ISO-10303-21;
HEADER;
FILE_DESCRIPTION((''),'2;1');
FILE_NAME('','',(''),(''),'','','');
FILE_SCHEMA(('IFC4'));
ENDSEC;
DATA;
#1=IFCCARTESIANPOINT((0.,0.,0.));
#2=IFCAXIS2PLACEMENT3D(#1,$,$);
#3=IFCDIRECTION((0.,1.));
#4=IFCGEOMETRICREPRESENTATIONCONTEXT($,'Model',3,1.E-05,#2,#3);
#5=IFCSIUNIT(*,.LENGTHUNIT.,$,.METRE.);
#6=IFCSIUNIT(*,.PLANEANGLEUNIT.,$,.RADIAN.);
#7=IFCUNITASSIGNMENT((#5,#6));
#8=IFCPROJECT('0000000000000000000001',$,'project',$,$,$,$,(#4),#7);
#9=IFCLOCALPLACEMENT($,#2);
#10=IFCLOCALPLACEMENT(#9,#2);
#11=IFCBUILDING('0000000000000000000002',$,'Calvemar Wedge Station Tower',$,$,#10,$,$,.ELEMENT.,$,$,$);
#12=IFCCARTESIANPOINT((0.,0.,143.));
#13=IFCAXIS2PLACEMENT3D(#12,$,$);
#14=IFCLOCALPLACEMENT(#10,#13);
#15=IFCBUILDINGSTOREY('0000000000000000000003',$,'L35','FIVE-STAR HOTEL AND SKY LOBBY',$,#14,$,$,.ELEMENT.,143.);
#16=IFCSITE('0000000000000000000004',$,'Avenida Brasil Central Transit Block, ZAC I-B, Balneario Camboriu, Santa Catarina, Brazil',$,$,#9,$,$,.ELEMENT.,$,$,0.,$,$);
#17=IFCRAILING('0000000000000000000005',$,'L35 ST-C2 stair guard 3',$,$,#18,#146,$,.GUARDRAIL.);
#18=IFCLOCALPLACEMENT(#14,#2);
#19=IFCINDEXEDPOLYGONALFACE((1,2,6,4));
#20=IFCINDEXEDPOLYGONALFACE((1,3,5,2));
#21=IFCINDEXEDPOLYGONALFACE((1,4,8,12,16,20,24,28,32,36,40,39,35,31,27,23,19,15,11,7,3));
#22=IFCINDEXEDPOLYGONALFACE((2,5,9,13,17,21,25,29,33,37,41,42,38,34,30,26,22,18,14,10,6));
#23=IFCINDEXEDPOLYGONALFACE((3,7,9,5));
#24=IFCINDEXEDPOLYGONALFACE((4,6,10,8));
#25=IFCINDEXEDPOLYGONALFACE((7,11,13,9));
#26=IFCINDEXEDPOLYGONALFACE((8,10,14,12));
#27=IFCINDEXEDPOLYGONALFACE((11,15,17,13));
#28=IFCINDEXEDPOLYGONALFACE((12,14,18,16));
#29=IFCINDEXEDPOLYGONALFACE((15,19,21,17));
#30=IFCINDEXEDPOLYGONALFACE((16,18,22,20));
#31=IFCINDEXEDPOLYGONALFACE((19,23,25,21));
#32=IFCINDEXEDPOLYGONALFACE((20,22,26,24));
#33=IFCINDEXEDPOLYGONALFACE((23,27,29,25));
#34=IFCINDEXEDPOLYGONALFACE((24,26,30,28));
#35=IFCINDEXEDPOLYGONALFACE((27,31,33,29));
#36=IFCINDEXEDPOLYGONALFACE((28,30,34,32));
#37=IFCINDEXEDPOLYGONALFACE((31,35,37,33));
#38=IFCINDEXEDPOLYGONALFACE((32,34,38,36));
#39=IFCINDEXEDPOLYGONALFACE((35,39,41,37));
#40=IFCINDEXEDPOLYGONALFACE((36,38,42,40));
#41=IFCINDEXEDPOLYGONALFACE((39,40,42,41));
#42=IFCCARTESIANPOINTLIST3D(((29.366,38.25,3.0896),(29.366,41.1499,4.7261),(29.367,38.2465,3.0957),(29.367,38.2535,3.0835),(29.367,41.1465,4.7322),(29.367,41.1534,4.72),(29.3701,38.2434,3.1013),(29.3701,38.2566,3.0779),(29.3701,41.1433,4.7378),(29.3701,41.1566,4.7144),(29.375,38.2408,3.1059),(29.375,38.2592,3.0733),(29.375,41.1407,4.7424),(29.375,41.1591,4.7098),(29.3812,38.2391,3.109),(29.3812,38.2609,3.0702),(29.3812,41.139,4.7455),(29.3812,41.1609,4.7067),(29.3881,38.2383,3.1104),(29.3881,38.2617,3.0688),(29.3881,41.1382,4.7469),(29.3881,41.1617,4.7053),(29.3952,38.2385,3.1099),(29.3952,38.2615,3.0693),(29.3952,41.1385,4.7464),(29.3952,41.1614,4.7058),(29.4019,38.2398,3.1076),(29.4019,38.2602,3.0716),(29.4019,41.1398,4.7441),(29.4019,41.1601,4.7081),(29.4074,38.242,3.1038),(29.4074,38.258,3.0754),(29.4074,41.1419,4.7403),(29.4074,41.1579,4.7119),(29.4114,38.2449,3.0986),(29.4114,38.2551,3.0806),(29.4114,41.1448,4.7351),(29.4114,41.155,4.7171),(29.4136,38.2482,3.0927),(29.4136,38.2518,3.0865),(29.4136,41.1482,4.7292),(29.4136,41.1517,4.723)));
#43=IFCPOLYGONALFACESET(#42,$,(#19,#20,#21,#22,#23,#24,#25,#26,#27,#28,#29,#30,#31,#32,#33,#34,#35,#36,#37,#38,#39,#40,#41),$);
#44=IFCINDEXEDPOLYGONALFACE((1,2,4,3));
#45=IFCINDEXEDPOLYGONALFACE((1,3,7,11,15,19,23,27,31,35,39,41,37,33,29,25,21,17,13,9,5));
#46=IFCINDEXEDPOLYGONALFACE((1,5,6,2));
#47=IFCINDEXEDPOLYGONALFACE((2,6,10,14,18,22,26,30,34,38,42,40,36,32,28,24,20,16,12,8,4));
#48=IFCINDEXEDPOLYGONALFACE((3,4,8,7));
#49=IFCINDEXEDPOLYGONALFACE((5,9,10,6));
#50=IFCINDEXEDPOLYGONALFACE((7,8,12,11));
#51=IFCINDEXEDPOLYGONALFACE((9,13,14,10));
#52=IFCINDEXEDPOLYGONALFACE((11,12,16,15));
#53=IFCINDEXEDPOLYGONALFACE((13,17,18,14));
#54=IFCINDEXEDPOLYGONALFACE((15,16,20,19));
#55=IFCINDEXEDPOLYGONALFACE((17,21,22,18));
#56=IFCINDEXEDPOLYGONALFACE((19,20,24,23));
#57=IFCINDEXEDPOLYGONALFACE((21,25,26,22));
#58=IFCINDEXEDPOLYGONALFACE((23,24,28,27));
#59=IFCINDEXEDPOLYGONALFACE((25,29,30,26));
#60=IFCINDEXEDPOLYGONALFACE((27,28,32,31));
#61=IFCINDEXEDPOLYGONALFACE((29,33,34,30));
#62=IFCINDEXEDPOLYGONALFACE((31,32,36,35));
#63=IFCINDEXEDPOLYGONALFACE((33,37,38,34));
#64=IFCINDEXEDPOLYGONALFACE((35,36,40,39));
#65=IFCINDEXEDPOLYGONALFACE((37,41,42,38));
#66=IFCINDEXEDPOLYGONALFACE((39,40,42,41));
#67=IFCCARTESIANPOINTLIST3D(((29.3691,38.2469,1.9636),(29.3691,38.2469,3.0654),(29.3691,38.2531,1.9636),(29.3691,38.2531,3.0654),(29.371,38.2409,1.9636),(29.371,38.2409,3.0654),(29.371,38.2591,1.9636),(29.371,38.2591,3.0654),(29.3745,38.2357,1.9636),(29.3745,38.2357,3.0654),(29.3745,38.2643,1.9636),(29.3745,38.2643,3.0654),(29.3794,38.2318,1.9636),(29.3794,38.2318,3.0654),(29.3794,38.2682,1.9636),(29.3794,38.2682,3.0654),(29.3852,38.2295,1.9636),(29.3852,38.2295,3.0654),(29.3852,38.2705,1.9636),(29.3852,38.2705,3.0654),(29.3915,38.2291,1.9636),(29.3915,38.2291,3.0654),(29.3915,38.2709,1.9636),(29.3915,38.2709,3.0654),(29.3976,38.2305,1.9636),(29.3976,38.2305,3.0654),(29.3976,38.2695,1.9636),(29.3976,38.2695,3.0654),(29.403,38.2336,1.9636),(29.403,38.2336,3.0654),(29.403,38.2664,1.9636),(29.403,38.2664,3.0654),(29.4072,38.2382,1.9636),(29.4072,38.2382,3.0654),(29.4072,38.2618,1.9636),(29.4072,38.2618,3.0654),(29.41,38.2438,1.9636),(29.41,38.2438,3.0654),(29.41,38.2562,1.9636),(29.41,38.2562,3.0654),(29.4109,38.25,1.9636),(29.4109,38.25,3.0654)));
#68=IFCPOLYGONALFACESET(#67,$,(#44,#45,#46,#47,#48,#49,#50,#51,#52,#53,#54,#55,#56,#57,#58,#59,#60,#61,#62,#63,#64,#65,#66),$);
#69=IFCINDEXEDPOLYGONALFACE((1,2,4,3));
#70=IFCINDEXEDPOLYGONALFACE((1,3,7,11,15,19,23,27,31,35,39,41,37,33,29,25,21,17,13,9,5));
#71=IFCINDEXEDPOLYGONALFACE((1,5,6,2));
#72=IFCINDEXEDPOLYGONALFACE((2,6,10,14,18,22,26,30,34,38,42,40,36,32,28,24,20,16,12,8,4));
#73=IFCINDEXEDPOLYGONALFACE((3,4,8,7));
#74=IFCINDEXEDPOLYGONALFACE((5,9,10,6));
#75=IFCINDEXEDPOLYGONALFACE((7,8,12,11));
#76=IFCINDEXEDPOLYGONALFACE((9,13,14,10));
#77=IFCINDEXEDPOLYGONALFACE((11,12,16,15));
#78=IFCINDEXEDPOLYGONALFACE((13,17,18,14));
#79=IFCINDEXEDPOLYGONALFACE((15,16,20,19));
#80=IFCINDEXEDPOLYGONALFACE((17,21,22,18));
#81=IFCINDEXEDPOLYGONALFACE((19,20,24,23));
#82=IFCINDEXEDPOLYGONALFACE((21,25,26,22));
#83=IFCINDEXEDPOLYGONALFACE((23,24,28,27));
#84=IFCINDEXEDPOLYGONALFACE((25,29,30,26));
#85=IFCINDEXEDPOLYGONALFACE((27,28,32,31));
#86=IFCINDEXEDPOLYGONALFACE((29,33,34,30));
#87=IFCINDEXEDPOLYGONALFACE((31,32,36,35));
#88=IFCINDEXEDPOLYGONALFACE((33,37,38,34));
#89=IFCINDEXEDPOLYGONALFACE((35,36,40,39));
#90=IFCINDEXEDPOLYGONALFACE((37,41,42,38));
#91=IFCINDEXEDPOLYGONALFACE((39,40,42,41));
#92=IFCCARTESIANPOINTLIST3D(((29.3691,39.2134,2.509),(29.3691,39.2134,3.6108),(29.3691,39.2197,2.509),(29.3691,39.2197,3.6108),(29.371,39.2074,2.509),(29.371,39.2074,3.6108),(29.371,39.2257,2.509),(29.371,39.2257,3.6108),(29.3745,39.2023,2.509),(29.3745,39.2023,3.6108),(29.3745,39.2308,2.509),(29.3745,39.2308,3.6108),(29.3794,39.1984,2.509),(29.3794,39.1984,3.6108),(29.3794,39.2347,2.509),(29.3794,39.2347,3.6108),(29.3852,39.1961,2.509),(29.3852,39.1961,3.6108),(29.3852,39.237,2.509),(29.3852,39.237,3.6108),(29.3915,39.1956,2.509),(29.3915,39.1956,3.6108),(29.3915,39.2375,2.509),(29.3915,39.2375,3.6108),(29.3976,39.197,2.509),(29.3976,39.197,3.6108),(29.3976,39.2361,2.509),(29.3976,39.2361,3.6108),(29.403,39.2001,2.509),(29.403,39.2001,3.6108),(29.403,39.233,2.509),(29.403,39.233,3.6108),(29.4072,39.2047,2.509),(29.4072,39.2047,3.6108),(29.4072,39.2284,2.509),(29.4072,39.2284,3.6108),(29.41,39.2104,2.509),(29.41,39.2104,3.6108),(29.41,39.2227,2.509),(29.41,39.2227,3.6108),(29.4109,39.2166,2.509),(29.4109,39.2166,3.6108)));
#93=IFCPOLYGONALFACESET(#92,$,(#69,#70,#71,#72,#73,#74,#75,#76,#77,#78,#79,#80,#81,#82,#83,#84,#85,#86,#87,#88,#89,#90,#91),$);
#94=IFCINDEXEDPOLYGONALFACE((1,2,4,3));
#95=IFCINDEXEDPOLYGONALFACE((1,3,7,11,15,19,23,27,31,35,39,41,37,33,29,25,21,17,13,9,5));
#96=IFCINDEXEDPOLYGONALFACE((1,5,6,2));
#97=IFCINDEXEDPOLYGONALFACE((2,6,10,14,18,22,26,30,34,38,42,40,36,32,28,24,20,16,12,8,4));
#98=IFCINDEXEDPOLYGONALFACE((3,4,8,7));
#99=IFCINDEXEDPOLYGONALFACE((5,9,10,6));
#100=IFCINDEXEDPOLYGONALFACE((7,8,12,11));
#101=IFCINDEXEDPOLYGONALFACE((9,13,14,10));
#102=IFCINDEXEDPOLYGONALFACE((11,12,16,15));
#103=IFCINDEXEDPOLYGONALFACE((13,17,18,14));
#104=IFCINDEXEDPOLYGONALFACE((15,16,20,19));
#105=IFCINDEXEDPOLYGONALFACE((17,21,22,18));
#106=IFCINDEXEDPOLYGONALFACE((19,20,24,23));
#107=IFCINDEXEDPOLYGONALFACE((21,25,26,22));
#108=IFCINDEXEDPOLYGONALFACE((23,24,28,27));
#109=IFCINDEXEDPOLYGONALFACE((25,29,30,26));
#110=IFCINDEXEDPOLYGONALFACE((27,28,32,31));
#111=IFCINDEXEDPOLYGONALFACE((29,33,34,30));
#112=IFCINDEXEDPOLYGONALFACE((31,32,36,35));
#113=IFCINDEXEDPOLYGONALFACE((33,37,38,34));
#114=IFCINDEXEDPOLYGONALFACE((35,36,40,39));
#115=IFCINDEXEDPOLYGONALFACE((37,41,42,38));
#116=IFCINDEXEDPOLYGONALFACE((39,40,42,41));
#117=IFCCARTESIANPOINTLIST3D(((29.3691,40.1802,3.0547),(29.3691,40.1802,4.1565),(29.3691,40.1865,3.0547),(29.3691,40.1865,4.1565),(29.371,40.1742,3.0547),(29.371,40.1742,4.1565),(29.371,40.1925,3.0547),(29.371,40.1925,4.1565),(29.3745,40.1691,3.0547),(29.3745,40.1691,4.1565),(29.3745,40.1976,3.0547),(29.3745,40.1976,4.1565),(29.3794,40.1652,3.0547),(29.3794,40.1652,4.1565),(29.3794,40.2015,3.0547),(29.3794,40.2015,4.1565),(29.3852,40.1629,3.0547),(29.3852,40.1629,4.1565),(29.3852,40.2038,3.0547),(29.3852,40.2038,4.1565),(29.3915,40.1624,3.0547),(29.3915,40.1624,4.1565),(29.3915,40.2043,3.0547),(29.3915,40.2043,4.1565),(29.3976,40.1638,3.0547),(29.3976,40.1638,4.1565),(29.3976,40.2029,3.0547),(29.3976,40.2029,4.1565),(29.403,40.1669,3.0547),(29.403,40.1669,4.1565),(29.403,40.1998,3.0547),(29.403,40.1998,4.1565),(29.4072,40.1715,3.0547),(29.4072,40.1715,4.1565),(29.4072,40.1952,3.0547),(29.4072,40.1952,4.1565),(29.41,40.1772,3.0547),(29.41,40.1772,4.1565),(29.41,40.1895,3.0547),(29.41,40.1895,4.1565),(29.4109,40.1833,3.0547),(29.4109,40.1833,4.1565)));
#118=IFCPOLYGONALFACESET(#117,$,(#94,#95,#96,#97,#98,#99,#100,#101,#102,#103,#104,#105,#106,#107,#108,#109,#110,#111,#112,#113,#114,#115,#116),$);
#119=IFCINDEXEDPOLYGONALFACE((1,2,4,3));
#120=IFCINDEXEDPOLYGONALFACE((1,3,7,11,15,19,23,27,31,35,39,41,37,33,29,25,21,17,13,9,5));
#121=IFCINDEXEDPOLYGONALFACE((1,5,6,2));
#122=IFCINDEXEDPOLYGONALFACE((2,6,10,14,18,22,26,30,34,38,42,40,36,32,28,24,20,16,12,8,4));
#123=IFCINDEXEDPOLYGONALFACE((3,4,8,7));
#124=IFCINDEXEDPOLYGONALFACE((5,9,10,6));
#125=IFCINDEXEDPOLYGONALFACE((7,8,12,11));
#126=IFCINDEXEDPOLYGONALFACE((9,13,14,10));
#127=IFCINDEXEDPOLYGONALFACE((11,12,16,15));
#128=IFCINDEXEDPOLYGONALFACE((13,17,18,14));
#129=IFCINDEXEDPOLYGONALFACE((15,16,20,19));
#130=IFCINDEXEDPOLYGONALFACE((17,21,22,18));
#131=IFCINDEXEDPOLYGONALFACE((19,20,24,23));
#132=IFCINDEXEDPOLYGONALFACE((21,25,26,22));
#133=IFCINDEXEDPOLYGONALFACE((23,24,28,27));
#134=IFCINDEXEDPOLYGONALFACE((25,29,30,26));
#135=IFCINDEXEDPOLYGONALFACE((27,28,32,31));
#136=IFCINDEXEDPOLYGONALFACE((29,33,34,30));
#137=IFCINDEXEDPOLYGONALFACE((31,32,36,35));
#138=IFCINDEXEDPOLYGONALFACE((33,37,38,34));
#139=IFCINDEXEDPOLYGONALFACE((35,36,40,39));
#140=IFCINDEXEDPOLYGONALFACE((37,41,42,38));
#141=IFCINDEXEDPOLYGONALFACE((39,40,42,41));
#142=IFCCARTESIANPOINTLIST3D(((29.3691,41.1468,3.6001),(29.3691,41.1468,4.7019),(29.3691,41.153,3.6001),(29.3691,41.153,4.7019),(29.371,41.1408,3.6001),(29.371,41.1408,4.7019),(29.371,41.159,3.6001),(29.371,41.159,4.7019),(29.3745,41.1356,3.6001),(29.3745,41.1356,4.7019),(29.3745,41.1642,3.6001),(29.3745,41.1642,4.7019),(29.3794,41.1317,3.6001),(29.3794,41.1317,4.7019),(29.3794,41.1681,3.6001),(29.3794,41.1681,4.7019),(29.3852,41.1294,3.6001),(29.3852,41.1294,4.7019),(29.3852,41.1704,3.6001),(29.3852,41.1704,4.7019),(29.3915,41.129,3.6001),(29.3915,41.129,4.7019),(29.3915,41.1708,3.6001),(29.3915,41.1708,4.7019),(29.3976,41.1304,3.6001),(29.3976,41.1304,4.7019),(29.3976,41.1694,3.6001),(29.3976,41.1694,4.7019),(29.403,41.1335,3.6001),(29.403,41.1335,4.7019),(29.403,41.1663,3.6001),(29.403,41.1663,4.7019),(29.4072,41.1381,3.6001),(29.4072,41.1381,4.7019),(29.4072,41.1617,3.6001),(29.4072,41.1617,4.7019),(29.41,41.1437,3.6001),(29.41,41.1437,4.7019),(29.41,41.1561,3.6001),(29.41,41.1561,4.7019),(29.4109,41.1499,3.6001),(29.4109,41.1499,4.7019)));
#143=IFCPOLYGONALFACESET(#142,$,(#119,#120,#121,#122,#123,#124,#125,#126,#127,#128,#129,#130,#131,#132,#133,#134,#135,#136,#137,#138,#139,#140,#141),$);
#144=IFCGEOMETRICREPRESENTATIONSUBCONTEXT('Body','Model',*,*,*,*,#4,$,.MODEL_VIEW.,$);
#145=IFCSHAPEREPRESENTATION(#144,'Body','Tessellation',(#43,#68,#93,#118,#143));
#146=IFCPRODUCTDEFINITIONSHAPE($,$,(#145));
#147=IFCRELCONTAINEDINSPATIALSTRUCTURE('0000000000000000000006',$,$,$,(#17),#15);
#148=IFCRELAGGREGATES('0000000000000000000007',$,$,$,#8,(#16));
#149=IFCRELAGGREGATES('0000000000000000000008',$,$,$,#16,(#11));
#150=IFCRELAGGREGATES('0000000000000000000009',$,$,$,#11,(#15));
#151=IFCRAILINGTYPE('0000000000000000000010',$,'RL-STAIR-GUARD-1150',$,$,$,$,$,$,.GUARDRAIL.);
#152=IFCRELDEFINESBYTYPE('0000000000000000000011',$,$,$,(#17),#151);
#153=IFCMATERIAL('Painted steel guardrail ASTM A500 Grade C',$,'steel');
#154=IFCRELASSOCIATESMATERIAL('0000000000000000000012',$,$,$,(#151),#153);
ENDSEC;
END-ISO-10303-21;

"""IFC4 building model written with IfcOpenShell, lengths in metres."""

from ifc_helpers import new_model, si_unit, direction, frame, origin, origin_2d, place, context, subcontext, project, spatial, circle, extrude, material, type_object, element, save


model = new_model("IFC4")

# Units and contexts
model_context = context("Model", 3, precision=1e-05, world=origin(), true_north=direction((0.0, 1.0)))
body_context = subcontext(model_context, "Body", "Model", "MODEL_VIEW")
ifc_project = project(units=[si_unit("LENGTHUNIT", "METRE"), si_unit("PLANEANGLEUNIT", "RADIAN")], contexts=[model_context])

# Site, building, storey
site_placement = place(None, origin())
site = spatial("IfcSite", under=ifc_project, at=site_placement, Name="Avenida Brasil Central Transit Block, ZAC I-B, Balneario Camboriu, Santa Catarina, Brazil", CompositionType="ELEMENT", RefElevation=0.0)
building_placement = place(site_placement, origin())
building = spatial("IfcBuilding", under=site, at=building_placement, Name="Calvemar Wedge Station Tower", CompositionType="ELEMENT")
storey_placement = place(building_placement, frame((0.0, 0.0, 143.0)))
storey = spatial("IfcBuildingStorey", under=building, at=storey_placement, Name="L35", Description="FIVE-STAR HOTEL AND SKY LOBBY", CompositionType="ELEMENT", Elevation=143.0)

# Railing
ifc_material_1 = material(Name="Painted steel guardrail ASTM A500 Grade C", Category="steel")
railing_type_1 = type_object("IfcRailingType", Name="RL-STAIR-GUARD-1150", PredefinedType="GUARDRAIL", material=ifc_material_1)
railing_1_placement = place(storey_placement, frame((29.3899, 38.25, 1.9636)))
element("IfcRailing", 1, at=railing_1_placement, inside=storey, type_object=railing_type_1, Name="L35 ST-C2 stair guard 3", PredefinedType="GUARDRAIL", context=body_context, shape_type="SweptSolid", body=[
    extrude(circle(Radius=0.0239, at=origin_2d()), frame((0.0, 0.0, 1.126), z_axis=(0.0, 0.870897, 0.491465), x_axis=(-1.0, 0.0, 0.0)), (0.0, 0.0, 1.0), 3.3298),
    extrude(circle(Radius=0.021, at=origin_2d()), origin(), (0.0, 0.0, 1.0), 1.1018),
    extrude(circle(Radius=0.021, at=origin_2d()), frame((0.0, 0.9666, 0.5454)), (0.0, 0.0, 1.0), 1.1018),
    extrude(circle(Radius=0.021, at=origin_2d()), frame((0.0, 1.9333, 1.0911)), (0.0, 0.0, 1.0), 1.1018),
    extrude(circle(Radius=0.021, at=origin_2d()), frame((0.0, 2.8999, 1.6365)), (0.0, 0.0, 1.0), 1.1018),
])

save(model, "model.ifc")
